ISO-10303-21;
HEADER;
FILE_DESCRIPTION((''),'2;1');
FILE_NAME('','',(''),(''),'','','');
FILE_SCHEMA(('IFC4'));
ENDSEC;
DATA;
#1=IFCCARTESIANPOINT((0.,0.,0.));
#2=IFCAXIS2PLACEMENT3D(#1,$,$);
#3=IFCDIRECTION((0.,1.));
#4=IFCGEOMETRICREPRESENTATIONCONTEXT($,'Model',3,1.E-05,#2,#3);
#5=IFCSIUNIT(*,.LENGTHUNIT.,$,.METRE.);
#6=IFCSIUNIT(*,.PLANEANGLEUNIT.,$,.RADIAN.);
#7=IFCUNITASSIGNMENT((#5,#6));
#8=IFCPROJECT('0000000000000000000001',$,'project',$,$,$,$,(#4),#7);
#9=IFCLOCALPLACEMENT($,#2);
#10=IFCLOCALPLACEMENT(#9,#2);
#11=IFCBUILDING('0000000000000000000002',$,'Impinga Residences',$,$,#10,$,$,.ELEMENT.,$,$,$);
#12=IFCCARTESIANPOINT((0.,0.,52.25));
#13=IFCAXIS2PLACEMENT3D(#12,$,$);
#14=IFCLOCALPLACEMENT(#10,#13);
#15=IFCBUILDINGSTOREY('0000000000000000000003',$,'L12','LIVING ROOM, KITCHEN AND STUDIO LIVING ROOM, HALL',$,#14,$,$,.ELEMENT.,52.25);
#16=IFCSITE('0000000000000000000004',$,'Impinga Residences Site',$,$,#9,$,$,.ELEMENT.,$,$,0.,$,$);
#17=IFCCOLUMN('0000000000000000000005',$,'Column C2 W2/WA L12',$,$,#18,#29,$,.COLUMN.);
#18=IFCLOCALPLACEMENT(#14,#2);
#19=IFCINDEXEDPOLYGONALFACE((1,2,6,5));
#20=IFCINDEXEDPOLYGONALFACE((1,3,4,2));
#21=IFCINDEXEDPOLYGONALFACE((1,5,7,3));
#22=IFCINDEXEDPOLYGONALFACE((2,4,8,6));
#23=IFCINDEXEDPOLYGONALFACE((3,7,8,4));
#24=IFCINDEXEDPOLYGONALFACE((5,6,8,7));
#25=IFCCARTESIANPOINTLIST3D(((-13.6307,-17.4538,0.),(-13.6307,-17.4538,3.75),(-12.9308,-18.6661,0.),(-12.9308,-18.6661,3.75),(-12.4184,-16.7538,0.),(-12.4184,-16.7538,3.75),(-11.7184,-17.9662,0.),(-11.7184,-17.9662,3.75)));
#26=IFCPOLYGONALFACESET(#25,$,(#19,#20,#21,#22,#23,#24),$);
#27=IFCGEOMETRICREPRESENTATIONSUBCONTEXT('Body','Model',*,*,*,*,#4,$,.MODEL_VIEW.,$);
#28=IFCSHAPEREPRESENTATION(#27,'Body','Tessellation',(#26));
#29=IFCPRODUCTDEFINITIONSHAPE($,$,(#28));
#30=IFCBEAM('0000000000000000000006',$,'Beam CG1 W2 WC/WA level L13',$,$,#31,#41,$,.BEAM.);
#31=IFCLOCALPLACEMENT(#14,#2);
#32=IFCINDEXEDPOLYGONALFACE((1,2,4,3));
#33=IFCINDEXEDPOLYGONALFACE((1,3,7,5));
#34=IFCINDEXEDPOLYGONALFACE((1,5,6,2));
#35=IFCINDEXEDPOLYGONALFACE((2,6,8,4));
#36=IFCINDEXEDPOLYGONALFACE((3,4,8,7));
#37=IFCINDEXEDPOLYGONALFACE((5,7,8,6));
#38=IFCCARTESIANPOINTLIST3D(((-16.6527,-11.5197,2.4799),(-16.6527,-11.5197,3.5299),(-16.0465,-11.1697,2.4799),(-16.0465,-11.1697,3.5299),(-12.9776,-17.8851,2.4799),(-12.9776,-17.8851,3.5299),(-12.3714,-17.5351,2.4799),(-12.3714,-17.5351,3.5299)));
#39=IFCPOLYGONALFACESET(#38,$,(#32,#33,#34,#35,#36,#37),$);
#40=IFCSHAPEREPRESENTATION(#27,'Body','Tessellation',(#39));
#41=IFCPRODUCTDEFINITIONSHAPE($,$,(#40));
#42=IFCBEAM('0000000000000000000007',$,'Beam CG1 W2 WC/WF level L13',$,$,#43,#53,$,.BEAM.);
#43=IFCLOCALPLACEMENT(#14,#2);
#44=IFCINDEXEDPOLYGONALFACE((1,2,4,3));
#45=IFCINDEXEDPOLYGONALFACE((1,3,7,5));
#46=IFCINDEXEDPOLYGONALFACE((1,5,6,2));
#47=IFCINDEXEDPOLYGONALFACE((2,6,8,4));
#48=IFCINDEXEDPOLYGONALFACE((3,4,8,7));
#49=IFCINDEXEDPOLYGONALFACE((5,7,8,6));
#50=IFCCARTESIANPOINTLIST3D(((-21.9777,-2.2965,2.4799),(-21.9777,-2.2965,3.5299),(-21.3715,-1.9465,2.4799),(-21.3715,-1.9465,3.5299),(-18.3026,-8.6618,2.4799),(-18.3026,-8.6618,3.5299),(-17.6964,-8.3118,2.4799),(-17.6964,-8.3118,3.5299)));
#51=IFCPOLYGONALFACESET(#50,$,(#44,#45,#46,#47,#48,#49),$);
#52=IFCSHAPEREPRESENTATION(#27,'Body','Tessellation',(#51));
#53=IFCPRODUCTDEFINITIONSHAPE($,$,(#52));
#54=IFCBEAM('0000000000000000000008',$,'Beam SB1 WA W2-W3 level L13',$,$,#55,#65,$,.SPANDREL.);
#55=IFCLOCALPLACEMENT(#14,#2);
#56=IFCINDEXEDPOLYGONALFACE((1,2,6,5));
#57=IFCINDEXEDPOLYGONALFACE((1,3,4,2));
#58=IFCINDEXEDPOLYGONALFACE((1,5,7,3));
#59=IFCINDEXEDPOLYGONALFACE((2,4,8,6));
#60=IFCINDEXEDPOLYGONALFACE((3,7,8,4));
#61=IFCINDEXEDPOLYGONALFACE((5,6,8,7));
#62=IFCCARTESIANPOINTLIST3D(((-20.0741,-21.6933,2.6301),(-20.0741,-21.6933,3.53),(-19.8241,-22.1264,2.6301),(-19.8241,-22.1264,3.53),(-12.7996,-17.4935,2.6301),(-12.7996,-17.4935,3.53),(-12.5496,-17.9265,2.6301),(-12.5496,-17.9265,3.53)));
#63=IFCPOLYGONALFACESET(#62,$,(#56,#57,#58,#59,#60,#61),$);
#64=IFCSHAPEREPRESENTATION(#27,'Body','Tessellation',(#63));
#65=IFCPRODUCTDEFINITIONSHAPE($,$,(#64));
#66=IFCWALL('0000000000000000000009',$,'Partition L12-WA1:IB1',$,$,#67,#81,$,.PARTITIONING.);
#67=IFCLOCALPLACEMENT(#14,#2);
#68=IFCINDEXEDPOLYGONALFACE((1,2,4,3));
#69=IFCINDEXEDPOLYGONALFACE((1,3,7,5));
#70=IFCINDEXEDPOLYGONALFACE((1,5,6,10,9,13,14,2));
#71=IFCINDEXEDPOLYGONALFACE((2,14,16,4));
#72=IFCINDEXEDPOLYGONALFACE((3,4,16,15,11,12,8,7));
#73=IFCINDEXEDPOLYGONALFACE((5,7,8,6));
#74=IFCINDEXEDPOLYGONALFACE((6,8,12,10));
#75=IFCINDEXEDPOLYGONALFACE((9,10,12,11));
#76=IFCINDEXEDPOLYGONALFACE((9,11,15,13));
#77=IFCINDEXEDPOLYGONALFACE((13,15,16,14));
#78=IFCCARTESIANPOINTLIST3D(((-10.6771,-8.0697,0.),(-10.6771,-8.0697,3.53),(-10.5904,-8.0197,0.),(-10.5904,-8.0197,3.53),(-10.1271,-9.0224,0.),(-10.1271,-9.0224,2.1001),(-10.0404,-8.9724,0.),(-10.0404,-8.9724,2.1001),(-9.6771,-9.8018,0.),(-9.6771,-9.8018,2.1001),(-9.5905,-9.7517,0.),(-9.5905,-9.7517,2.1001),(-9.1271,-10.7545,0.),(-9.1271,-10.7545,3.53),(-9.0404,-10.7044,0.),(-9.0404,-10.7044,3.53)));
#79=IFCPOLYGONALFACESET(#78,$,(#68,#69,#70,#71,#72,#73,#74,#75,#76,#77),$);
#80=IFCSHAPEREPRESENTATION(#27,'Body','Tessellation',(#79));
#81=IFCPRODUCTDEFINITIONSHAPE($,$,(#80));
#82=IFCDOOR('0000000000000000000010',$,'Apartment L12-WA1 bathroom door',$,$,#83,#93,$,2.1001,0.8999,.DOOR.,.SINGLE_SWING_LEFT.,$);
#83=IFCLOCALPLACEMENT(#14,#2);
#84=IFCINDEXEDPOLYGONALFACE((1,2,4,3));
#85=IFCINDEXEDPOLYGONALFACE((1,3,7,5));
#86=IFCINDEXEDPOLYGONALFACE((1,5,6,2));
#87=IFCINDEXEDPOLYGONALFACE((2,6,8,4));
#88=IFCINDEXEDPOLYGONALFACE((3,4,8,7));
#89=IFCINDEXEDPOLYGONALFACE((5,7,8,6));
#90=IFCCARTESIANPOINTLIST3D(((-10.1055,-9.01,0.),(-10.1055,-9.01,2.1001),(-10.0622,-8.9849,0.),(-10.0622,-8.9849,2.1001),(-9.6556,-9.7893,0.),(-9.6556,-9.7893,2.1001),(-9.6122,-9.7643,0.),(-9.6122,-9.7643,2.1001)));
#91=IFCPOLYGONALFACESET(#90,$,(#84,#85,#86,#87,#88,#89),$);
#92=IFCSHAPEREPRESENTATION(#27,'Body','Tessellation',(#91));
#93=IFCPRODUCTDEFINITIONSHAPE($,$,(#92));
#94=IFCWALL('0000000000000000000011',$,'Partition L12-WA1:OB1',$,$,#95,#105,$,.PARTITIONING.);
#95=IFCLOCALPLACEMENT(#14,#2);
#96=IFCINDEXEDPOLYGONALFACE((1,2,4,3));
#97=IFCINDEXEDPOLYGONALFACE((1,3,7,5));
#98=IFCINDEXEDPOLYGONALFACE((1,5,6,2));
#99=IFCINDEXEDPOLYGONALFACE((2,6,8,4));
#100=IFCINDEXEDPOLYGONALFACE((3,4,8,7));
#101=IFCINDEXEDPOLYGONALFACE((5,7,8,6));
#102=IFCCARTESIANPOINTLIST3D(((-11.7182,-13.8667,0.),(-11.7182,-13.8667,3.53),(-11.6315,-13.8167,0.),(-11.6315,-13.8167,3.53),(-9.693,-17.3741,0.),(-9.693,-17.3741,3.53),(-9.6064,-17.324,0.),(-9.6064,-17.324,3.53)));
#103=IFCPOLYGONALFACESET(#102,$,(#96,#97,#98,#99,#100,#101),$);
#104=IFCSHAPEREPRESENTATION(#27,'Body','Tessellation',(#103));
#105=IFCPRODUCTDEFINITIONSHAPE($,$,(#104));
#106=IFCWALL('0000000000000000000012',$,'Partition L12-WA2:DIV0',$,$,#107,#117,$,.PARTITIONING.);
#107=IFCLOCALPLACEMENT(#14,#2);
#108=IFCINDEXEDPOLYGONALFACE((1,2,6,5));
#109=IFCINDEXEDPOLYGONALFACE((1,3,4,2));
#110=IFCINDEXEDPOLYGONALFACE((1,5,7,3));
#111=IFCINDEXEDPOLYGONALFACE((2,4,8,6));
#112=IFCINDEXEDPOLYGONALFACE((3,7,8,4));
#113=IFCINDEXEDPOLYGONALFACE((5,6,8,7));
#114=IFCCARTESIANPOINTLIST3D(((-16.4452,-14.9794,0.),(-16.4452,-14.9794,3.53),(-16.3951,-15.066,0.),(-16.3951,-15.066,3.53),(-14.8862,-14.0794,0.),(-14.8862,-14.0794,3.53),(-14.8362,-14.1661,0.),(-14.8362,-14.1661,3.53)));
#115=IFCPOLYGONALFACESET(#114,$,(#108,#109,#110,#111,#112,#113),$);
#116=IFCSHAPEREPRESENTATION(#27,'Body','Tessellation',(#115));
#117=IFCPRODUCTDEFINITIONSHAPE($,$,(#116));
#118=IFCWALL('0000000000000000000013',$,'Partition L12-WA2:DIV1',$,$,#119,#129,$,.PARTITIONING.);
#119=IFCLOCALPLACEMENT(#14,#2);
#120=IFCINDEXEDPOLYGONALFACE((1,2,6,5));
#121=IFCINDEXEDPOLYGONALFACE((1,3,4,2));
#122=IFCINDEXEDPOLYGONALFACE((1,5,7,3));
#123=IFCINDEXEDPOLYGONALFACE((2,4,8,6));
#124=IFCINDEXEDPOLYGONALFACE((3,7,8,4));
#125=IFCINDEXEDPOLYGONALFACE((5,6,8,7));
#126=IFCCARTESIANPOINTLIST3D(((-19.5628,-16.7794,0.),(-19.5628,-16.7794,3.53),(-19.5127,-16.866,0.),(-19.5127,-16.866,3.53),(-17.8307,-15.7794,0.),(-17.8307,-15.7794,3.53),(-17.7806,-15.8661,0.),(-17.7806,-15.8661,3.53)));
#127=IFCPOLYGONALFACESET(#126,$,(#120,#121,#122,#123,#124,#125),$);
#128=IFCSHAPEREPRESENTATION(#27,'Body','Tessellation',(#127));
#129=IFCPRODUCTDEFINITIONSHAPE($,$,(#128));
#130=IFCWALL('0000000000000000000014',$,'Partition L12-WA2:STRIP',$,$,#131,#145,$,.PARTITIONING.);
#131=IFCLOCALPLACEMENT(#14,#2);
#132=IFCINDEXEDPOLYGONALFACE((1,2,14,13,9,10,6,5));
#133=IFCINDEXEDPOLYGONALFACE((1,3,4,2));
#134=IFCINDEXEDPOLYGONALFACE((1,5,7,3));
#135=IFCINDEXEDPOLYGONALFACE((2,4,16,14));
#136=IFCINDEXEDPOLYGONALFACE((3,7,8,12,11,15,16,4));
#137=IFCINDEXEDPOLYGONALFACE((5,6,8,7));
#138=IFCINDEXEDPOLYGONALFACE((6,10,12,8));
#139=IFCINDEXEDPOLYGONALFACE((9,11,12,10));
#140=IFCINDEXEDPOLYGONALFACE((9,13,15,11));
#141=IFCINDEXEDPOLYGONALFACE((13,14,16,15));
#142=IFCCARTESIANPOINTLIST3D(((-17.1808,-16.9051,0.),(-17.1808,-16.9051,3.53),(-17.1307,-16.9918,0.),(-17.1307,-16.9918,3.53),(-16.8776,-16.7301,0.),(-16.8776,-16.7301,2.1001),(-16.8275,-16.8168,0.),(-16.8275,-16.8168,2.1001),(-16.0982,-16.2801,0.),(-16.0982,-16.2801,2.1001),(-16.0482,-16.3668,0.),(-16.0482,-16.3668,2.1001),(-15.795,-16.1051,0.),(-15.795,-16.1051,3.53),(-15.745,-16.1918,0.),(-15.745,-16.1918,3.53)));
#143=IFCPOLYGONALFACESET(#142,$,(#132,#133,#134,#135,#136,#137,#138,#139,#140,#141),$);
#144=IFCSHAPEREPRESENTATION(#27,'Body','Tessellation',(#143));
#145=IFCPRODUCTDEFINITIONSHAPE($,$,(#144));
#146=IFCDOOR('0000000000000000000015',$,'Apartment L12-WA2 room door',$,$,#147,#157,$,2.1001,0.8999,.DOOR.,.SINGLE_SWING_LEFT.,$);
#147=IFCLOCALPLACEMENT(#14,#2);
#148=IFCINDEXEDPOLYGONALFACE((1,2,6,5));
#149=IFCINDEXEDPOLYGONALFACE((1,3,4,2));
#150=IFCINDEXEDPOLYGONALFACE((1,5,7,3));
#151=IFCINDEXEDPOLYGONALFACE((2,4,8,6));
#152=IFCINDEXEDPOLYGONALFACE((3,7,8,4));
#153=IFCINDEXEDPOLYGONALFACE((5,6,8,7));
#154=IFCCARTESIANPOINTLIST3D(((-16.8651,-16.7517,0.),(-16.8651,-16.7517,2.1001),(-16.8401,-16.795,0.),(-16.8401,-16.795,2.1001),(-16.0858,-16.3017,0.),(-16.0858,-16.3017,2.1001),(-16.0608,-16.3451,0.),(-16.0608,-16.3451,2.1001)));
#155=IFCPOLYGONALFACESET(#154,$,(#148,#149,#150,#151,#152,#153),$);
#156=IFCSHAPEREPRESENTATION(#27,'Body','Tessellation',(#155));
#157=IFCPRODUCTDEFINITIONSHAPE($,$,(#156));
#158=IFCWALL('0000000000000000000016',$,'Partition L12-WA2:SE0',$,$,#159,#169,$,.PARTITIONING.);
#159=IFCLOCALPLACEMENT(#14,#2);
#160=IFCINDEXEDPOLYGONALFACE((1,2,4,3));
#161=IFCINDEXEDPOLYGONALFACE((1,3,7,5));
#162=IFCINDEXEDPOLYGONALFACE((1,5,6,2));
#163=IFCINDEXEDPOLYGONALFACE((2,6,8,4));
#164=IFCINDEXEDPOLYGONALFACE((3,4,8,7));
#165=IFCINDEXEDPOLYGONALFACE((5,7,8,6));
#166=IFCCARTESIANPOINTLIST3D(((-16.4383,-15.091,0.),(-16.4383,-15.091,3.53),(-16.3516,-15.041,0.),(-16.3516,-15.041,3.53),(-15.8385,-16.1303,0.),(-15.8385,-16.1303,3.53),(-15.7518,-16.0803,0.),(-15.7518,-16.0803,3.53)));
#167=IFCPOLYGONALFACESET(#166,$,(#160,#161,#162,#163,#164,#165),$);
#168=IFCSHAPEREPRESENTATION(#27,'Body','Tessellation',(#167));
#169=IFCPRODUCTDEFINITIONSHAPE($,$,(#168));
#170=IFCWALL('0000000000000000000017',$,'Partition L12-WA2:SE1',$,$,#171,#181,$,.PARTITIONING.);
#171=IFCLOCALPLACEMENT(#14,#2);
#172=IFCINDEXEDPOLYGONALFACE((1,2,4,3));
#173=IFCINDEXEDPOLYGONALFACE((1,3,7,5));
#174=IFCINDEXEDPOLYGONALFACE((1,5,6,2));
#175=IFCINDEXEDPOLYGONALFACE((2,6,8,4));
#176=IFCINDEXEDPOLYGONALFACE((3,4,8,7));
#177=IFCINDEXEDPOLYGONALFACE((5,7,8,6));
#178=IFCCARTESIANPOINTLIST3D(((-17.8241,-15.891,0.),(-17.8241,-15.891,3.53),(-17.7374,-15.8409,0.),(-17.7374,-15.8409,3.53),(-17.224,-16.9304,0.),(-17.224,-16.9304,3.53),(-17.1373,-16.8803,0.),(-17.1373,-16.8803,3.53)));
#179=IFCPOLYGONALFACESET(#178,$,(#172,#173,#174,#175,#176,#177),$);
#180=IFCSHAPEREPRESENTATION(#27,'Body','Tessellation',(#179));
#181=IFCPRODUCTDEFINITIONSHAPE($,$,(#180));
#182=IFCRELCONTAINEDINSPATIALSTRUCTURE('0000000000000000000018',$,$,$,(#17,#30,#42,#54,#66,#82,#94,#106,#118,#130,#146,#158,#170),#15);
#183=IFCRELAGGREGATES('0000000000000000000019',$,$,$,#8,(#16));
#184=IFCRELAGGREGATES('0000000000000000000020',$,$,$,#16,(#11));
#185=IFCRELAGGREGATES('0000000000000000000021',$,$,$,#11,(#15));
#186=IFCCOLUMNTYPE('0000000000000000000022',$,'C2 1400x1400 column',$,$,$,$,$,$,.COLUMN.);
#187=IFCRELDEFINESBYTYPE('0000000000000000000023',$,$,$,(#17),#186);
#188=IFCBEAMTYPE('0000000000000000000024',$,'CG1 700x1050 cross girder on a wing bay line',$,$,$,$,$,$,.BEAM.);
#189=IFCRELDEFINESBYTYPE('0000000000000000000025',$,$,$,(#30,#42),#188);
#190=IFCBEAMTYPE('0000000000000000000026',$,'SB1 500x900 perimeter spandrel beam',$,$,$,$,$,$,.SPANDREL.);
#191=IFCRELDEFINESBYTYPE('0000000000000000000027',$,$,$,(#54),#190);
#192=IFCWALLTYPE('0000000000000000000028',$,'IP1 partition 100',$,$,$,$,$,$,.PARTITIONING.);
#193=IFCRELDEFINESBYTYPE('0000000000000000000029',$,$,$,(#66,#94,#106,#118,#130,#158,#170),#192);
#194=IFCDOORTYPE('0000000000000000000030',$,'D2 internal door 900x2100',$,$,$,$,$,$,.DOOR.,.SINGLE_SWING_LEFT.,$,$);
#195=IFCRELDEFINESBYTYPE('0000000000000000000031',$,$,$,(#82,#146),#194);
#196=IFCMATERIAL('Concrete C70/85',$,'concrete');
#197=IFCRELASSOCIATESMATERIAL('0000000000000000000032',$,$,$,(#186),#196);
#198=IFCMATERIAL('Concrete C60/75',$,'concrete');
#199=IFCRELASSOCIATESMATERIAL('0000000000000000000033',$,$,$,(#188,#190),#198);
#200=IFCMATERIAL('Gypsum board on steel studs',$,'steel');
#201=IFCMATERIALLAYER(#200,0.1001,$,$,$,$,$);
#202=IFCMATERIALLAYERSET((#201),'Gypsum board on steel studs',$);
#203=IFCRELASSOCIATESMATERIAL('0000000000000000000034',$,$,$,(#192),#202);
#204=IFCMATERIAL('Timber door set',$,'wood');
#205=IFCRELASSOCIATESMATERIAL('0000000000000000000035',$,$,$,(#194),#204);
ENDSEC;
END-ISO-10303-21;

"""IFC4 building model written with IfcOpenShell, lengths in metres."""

from ifc_helpers import new_model, si_unit, direction, frame, frame_2d, origin, origin_2d, place, context, subcontext, project, spatial, rectangle, extrude, material, layer, layer_set, material_profile, profile_set, type_object, element, fill, save


model = new_model("IFC4")

# Units and contexts
model_context = context("Model", 3, precision=1e-05, world=origin(), true_north=direction((0.0, 1.0)))
body_context = subcontext(model_context, "Body", "Model", "MODEL_VIEW")
ifc_project = project(units=[si_unit("LENGTHUNIT", "METRE"), si_unit("PLANEANGLEUNIT", "RADIAN")], contexts=[model_context])

# Site, building, storey
site_placement = place(None, origin())
site = spatial("IfcSite", under=ifc_project, at=site_placement, Name="Impinga Residences Site", CompositionType="ELEMENT", RefElevation=0.0)
building_placement = place(site_placement, origin())
building = spatial("IfcBuilding", under=site, at=building_placement, Name="Impinga Residences", CompositionType="ELEMENT")
storey_placement = place(building_placement, frame((0.0, 0.0, 52.25)))
storey = spatial("IfcBuildingStorey", under=building, at=storey_placement, Name="L12", Description="LIVING ROOM, KITCHEN AND STUDIO LIVING ROOM, HALL", CompositionType="ELEMENT", Elevation=52.25)

# Column
ifc_material_1 = material(Name="Concrete C70/85", Category="concrete")
ifc_material_profile_1 = material_profile(ifc_material_1, rectangle(XDim=1.3999, YDim=1.3999, at=origin_2d()), Name="RC 1400x1400")
ifc_profile_set_1 = profile_set([ifc_material_profile_1], Name="Concrete C70/85")
column_type = type_object("IfcColumnType", Name="C2 1400x1400 column", PredefinedType="COLUMN", material=ifc_profile_set_1)
column_placement = place(storey_placement, frame((-12.6746, -17.71, 0.0), z_axis=(0.0, 0.0, 1.0), x_axis=(-0.5, 0.866025, 0.0)))
element("IfcColumn", 1, at=column_placement, inside=storey, type_object=column_type, Name="Column C2 W2/WA L12", PredefinedType="COLUMN", context=body_context, shape_type="SweptSolid", body=[
    extrude(rectangle(XDim=1.3999, YDim=1.3999, at=origin_2d()), origin(), (0.0, 0.0, 1.0), 3.75),
])

# Beams
ifc_material_2 = material(Name="Concrete C60/75", Category="concrete")
ifc_material_profile_2 = material_profile(ifc_material_2, rectangle(XDim=0.7, YDim=1.05, at=origin_2d()), Name="RC 700x1050")
ifc_profile_set_2 = profile_set([ifc_material_profile_2], Name="Concrete C60/75")
beam_type_1 = type_object("IfcBeamType", Name="CG1 700x1050 cross girder on a wing bay line", PredefinedType="BEAM", material=ifc_profile_set_2)
for number, where, z_axis, x_axis, name in (
    (2, (-16.3496, -11.3447, 3.0049), (0.500008, -0.866021, 0.0), (0.866021, 0.500008, 0.0), "Beam CG1 W2 WC/WA level L13"),
    (3, (-17.9995, -8.4868, 3.0049), (-0.500008, 0.866021, 0.0), (-0.866021, -0.500008, 0.0), "Beam CG1 W2 WC/WF level L13"),
):
    element("IfcBeam", number, at=place(storey_placement, frame(where, z_axis=z_axis, x_axis=x_axis)), inside=storey, type_object=beam_type_1, Name=name, PredefinedType="BEAM", context=body_context, shape_type="SweptSolid", body=[
        extrude(rectangle(XDim=0.7, YDim=1.05, at=origin_2d()), origin(), (0.0, 0.0, 1.0), 7.3501),
    ])
ifc_material_profile_3 = material_profile(ifc_material_2, rectangle(XDim=0.5, YDim=0.8999, at=origin_2d()), Name="RC 500x900")
ifc_profile_set_3 = profile_set([ifc_material_profile_3], Name="Concrete C60/75")
beam_type_2 = type_object("IfcBeamType", Name="SB1 500x900 perimeter spandrel beam", PredefinedType="SPANDREL", material=ifc_profile_set_3)
beam_placement = place(storey_placement, frame((-12.6746, -17.71, 3.0801), z_axis=(-0.866029, -0.499993, 0.0), x_axis=(0.499993, -0.866029, 0.0)))
element("IfcBeam", 4, at=beam_placement, inside=storey, type_object=beam_type_2, Name="Beam SB1 WA W2-W3 level L13", PredefinedType="SPANDREL", context=body_context, shape_type="SweptSolid", body=[
    extrude(rectangle(XDim=0.5, YDim=0.8999, at=origin_2d()), origin(), (0.0, 0.0, 1.0), 8.3999),
])

# Wall, opening, door
ifc_material_3 = material(Name="Gypsum board on steel studs", Category="steel")
ifc_layer_1 = layer(ifc_material_3, 0.1001)
ifc_layer_set_1 = layer_set([ifc_layer_1], Name="Gypsum board on steel studs")
wall_type_1 = type_object("IfcWallType", Name="IP1 partition 100", PredefinedType="PARTITIONING", material=ifc_layer_set_1)
wall_1_placement = place(storey_placement, frame((-10.6338, -8.0447, 0.0), z_axis=(0.0, 0.0, 1.0), x_axis=(0.499993, -0.86603, 0.0)))
wall_1 = element("IfcWall", 5, at=wall_1_placement, inside=storey, type_object=wall_type_1, Name="Partition L12-WA1:IB1", PredefinedType="PARTITIONING", context=body_context, shape_type="SweptSolid", body=[
    extrude(rectangle(XDim=3.1001, YDim=0.1001, at=frame_2d((1.55, 0.0))), origin(), (0.0, 0.0, 1.0), 3.53),
])
opening_1_placement = place(wall_1_placement, frame((1.1001, 0.0, 0.0)))
opening_1 = element("IfcOpeningElement", 6, at=opening_1_placement, cuts=wall_1, PredefinedType="OPENING", context=body_context, shape_type="SweptSolid", body=[
    extrude(rectangle(XDim=0.8999, YDim=2.1001, at=frame_2d((0.45, 1.05))), frame((0.0, 0.0601, 0.0), z_axis=(0.0, -1.0, 0.0), x_axis=(1.0, 0.0, 0.0)), (0.0, 0.0, 1.0), 0.1201),
])
ifc_material_4 = material(Name="Timber door set", Category="wood")
door_type = type_object("IfcDoorType", Name="D2 internal door 900x2100", OperationType="SINGLE_SWING_LEFT", PredefinedType="DOOR", material=ifc_material_4)
door_1_placement = place(opening_1_placement, origin())
door_1 = element("IfcDoor", 7, at=door_1_placement, inside=storey, type_object=door_type, Name="Apartment L12-WA1 bathroom door", OperationType="SINGLE_SWING_LEFT", OverallHeight=2.1001, OverallWidth=0.8999, PredefinedType="DOOR", context=body_context, shape_type="SweptSolid", body=[
    extrude(rectangle(XDim=0.8999, YDim=2.1001, at=frame_2d((0.45, 1.05))), frame((0.0, 0.0249, 0.0), z_axis=(0.0, -1.0, 0.0), x_axis=(1.0, 0.0, 0.0)), (0.0, 0.0, 1.0), 0.05),
])
fill(opening_1, door_1)

# Walls
wall_2_placement = place(storey_placement, frame((-11.6748, -13.8418, 0.0), z_axis=(0.0, 0.0, 1.0), x_axis=(0.500036, -0.866005, 0.0)))
element("IfcWall", 8, at=wall_2_placement, inside=storey, type_object=wall_type_1, Name="Partition L12-WA1:OB1", PredefinedType="PARTITIONING", context=body_context, shape_type="SweptSolid", body=[
    extrude(rectangle(XDim=4.05, YDim=0.1001, at=frame_2d((2.0249, 0.0))), origin(), (0.0, 0.0, 1.0), 3.53),
])
wall_3_placement = place(storey_placement, frame((-14.8613, -14.1228, 0.0), z_axis=(0.0, 0.0, 1.0), x_axis=(-0.866048, -0.499961, 0.0)))
element("IfcWall", 9, at=wall_3_placement, inside=storey, type_object=wall_type_1, Name="Partition L12-WA2:DIV0", PredefinedType="PARTITIONING", context=body_context, shape_type="SweptSolid", body=[
    extrude(rectangle(XDim=1.8, YDim=0.1001, at=frame_2d((0.8999, 0.0))), origin(), (0.0, 0.0, 1.0), 3.53),
])
wall_4_placement = place(storey_placement, frame((-17.8057, -15.8228, 0.0), z_axis=(0.0, 0.0, 1.0), x_axis=(-0.866041, -0.499973, 0.0)))
element("IfcWall", 10, at=wall_4_placement, inside=storey, type_object=wall_type_1, Name="Partition L12-WA2:DIV1", PredefinedType="PARTITIONING", context=body_context, shape_type="SweptSolid", body=[
    extrude(rectangle(XDim=2.0, YDim=0.1001, at=frame_2d((1.0, 0.0))), origin(), (0.0, 0.0, 1.0), 3.53),
])

# Wall, opening, door
wall_5_placement = place(storey_placement, frame((-15.77, -16.1484, 0.0), z_axis=(0.0, 0.0, 1.0), x_axis=(-0.866028, -0.499995, 0.0)))
wall_5 = element("IfcWall", 11, at=wall_5_placement, inside=storey, type_object=wall_type_1, Name="Partition L12-WA2:STRIP", PredefinedType="PARTITIONING", context=body_context, shape_type="SweptSolid", body=[
    extrude(rectangle(XDim=1.6001, YDim=0.1001, at=frame_2d((0.8, 0.0))), origin(), (0.0, 0.0, 1.0), 3.53),
])
opening_2_placement = place(wall_5_placement, frame((0.3501, 0.0, 0.0)))
opening_2 = element("IfcOpeningElement", 12, at=opening_2_placement, cuts=wall_5, PredefinedType="OPENING", context=body_context, shape_type="SweptSolid", body=[
    extrude(rectangle(XDim=0.8999, YDim=2.1001, at=frame_2d((0.45, 1.05))), frame((0.0, 0.0601, 0.0), z_axis=(0.0, -1.0, 0.0), x_axis=(1.0, 0.0, 0.0)), (0.0, 0.0, 1.0), 0.1201),
])
door_2_placement = place(opening_2_placement, origin())
door_2 = element("IfcDoor", 13, at=door_2_placement, inside=storey, type_object=door_type, Name="Apartment L12-WA2 room door", OperationType="SINGLE_SWING_LEFT", OverallHeight=2.1001, OverallWidth=0.8999, PredefinedType="DOOR", context=body_context, shape_type="SweptSolid", body=[
    extrude(rectangle(XDim=0.8999, YDim=2.1001, at=frame_2d((0.45, 1.05))), frame((0.0, 0.0249, 0.0), z_axis=(0.0, -1.0, 0.0), x_axis=(1.0, 0.0, 0.0)), (0.0, 0.0, 1.0), 0.05),
])
fill(opening_2, door_2)

# Walls
wall_6_placement = place(storey_placement, frame((-16.395, -15.0659, 0.0), z_axis=(0.0, 0.0, 1.0), x_axis=(0.499881, -0.866094, 0.0)))
element("IfcWall", 14, at=wall_6_placement, inside=storey, type_object=wall_type_1, Name="Partition L12-WA2:SE0", PredefinedType="PARTITIONING", context=body_context, shape_type="SweptSolid", body=[
    extrude(rectangle(XDim=1.2, YDim=0.1001, at=frame_2d((0.6001, 0.0))), origin(), (0.0, 0.0, 1.0), 3.53),
])
wall_7_placement = place(storey_placement, frame((-17.7808, -15.866, 0.0), z_axis=(0.0, 0.0, 1.0), x_axis=(0.500034, -0.866006, 0.0)))
element("IfcWall", 15, at=wall_7_placement, inside=storey, type_object=wall_type_1, Name="Partition L12-WA2:SE1", PredefinedType="PARTITIONING", context=body_context, shape_type="SweptSolid", body=[
    extrude(rectangle(XDim=1.2002, YDim=0.1001, at=frame_2d((0.6001, 0.0))), origin(), (0.0, 0.0, 1.0), 3.53),
])

save(model, "model.ifc")
